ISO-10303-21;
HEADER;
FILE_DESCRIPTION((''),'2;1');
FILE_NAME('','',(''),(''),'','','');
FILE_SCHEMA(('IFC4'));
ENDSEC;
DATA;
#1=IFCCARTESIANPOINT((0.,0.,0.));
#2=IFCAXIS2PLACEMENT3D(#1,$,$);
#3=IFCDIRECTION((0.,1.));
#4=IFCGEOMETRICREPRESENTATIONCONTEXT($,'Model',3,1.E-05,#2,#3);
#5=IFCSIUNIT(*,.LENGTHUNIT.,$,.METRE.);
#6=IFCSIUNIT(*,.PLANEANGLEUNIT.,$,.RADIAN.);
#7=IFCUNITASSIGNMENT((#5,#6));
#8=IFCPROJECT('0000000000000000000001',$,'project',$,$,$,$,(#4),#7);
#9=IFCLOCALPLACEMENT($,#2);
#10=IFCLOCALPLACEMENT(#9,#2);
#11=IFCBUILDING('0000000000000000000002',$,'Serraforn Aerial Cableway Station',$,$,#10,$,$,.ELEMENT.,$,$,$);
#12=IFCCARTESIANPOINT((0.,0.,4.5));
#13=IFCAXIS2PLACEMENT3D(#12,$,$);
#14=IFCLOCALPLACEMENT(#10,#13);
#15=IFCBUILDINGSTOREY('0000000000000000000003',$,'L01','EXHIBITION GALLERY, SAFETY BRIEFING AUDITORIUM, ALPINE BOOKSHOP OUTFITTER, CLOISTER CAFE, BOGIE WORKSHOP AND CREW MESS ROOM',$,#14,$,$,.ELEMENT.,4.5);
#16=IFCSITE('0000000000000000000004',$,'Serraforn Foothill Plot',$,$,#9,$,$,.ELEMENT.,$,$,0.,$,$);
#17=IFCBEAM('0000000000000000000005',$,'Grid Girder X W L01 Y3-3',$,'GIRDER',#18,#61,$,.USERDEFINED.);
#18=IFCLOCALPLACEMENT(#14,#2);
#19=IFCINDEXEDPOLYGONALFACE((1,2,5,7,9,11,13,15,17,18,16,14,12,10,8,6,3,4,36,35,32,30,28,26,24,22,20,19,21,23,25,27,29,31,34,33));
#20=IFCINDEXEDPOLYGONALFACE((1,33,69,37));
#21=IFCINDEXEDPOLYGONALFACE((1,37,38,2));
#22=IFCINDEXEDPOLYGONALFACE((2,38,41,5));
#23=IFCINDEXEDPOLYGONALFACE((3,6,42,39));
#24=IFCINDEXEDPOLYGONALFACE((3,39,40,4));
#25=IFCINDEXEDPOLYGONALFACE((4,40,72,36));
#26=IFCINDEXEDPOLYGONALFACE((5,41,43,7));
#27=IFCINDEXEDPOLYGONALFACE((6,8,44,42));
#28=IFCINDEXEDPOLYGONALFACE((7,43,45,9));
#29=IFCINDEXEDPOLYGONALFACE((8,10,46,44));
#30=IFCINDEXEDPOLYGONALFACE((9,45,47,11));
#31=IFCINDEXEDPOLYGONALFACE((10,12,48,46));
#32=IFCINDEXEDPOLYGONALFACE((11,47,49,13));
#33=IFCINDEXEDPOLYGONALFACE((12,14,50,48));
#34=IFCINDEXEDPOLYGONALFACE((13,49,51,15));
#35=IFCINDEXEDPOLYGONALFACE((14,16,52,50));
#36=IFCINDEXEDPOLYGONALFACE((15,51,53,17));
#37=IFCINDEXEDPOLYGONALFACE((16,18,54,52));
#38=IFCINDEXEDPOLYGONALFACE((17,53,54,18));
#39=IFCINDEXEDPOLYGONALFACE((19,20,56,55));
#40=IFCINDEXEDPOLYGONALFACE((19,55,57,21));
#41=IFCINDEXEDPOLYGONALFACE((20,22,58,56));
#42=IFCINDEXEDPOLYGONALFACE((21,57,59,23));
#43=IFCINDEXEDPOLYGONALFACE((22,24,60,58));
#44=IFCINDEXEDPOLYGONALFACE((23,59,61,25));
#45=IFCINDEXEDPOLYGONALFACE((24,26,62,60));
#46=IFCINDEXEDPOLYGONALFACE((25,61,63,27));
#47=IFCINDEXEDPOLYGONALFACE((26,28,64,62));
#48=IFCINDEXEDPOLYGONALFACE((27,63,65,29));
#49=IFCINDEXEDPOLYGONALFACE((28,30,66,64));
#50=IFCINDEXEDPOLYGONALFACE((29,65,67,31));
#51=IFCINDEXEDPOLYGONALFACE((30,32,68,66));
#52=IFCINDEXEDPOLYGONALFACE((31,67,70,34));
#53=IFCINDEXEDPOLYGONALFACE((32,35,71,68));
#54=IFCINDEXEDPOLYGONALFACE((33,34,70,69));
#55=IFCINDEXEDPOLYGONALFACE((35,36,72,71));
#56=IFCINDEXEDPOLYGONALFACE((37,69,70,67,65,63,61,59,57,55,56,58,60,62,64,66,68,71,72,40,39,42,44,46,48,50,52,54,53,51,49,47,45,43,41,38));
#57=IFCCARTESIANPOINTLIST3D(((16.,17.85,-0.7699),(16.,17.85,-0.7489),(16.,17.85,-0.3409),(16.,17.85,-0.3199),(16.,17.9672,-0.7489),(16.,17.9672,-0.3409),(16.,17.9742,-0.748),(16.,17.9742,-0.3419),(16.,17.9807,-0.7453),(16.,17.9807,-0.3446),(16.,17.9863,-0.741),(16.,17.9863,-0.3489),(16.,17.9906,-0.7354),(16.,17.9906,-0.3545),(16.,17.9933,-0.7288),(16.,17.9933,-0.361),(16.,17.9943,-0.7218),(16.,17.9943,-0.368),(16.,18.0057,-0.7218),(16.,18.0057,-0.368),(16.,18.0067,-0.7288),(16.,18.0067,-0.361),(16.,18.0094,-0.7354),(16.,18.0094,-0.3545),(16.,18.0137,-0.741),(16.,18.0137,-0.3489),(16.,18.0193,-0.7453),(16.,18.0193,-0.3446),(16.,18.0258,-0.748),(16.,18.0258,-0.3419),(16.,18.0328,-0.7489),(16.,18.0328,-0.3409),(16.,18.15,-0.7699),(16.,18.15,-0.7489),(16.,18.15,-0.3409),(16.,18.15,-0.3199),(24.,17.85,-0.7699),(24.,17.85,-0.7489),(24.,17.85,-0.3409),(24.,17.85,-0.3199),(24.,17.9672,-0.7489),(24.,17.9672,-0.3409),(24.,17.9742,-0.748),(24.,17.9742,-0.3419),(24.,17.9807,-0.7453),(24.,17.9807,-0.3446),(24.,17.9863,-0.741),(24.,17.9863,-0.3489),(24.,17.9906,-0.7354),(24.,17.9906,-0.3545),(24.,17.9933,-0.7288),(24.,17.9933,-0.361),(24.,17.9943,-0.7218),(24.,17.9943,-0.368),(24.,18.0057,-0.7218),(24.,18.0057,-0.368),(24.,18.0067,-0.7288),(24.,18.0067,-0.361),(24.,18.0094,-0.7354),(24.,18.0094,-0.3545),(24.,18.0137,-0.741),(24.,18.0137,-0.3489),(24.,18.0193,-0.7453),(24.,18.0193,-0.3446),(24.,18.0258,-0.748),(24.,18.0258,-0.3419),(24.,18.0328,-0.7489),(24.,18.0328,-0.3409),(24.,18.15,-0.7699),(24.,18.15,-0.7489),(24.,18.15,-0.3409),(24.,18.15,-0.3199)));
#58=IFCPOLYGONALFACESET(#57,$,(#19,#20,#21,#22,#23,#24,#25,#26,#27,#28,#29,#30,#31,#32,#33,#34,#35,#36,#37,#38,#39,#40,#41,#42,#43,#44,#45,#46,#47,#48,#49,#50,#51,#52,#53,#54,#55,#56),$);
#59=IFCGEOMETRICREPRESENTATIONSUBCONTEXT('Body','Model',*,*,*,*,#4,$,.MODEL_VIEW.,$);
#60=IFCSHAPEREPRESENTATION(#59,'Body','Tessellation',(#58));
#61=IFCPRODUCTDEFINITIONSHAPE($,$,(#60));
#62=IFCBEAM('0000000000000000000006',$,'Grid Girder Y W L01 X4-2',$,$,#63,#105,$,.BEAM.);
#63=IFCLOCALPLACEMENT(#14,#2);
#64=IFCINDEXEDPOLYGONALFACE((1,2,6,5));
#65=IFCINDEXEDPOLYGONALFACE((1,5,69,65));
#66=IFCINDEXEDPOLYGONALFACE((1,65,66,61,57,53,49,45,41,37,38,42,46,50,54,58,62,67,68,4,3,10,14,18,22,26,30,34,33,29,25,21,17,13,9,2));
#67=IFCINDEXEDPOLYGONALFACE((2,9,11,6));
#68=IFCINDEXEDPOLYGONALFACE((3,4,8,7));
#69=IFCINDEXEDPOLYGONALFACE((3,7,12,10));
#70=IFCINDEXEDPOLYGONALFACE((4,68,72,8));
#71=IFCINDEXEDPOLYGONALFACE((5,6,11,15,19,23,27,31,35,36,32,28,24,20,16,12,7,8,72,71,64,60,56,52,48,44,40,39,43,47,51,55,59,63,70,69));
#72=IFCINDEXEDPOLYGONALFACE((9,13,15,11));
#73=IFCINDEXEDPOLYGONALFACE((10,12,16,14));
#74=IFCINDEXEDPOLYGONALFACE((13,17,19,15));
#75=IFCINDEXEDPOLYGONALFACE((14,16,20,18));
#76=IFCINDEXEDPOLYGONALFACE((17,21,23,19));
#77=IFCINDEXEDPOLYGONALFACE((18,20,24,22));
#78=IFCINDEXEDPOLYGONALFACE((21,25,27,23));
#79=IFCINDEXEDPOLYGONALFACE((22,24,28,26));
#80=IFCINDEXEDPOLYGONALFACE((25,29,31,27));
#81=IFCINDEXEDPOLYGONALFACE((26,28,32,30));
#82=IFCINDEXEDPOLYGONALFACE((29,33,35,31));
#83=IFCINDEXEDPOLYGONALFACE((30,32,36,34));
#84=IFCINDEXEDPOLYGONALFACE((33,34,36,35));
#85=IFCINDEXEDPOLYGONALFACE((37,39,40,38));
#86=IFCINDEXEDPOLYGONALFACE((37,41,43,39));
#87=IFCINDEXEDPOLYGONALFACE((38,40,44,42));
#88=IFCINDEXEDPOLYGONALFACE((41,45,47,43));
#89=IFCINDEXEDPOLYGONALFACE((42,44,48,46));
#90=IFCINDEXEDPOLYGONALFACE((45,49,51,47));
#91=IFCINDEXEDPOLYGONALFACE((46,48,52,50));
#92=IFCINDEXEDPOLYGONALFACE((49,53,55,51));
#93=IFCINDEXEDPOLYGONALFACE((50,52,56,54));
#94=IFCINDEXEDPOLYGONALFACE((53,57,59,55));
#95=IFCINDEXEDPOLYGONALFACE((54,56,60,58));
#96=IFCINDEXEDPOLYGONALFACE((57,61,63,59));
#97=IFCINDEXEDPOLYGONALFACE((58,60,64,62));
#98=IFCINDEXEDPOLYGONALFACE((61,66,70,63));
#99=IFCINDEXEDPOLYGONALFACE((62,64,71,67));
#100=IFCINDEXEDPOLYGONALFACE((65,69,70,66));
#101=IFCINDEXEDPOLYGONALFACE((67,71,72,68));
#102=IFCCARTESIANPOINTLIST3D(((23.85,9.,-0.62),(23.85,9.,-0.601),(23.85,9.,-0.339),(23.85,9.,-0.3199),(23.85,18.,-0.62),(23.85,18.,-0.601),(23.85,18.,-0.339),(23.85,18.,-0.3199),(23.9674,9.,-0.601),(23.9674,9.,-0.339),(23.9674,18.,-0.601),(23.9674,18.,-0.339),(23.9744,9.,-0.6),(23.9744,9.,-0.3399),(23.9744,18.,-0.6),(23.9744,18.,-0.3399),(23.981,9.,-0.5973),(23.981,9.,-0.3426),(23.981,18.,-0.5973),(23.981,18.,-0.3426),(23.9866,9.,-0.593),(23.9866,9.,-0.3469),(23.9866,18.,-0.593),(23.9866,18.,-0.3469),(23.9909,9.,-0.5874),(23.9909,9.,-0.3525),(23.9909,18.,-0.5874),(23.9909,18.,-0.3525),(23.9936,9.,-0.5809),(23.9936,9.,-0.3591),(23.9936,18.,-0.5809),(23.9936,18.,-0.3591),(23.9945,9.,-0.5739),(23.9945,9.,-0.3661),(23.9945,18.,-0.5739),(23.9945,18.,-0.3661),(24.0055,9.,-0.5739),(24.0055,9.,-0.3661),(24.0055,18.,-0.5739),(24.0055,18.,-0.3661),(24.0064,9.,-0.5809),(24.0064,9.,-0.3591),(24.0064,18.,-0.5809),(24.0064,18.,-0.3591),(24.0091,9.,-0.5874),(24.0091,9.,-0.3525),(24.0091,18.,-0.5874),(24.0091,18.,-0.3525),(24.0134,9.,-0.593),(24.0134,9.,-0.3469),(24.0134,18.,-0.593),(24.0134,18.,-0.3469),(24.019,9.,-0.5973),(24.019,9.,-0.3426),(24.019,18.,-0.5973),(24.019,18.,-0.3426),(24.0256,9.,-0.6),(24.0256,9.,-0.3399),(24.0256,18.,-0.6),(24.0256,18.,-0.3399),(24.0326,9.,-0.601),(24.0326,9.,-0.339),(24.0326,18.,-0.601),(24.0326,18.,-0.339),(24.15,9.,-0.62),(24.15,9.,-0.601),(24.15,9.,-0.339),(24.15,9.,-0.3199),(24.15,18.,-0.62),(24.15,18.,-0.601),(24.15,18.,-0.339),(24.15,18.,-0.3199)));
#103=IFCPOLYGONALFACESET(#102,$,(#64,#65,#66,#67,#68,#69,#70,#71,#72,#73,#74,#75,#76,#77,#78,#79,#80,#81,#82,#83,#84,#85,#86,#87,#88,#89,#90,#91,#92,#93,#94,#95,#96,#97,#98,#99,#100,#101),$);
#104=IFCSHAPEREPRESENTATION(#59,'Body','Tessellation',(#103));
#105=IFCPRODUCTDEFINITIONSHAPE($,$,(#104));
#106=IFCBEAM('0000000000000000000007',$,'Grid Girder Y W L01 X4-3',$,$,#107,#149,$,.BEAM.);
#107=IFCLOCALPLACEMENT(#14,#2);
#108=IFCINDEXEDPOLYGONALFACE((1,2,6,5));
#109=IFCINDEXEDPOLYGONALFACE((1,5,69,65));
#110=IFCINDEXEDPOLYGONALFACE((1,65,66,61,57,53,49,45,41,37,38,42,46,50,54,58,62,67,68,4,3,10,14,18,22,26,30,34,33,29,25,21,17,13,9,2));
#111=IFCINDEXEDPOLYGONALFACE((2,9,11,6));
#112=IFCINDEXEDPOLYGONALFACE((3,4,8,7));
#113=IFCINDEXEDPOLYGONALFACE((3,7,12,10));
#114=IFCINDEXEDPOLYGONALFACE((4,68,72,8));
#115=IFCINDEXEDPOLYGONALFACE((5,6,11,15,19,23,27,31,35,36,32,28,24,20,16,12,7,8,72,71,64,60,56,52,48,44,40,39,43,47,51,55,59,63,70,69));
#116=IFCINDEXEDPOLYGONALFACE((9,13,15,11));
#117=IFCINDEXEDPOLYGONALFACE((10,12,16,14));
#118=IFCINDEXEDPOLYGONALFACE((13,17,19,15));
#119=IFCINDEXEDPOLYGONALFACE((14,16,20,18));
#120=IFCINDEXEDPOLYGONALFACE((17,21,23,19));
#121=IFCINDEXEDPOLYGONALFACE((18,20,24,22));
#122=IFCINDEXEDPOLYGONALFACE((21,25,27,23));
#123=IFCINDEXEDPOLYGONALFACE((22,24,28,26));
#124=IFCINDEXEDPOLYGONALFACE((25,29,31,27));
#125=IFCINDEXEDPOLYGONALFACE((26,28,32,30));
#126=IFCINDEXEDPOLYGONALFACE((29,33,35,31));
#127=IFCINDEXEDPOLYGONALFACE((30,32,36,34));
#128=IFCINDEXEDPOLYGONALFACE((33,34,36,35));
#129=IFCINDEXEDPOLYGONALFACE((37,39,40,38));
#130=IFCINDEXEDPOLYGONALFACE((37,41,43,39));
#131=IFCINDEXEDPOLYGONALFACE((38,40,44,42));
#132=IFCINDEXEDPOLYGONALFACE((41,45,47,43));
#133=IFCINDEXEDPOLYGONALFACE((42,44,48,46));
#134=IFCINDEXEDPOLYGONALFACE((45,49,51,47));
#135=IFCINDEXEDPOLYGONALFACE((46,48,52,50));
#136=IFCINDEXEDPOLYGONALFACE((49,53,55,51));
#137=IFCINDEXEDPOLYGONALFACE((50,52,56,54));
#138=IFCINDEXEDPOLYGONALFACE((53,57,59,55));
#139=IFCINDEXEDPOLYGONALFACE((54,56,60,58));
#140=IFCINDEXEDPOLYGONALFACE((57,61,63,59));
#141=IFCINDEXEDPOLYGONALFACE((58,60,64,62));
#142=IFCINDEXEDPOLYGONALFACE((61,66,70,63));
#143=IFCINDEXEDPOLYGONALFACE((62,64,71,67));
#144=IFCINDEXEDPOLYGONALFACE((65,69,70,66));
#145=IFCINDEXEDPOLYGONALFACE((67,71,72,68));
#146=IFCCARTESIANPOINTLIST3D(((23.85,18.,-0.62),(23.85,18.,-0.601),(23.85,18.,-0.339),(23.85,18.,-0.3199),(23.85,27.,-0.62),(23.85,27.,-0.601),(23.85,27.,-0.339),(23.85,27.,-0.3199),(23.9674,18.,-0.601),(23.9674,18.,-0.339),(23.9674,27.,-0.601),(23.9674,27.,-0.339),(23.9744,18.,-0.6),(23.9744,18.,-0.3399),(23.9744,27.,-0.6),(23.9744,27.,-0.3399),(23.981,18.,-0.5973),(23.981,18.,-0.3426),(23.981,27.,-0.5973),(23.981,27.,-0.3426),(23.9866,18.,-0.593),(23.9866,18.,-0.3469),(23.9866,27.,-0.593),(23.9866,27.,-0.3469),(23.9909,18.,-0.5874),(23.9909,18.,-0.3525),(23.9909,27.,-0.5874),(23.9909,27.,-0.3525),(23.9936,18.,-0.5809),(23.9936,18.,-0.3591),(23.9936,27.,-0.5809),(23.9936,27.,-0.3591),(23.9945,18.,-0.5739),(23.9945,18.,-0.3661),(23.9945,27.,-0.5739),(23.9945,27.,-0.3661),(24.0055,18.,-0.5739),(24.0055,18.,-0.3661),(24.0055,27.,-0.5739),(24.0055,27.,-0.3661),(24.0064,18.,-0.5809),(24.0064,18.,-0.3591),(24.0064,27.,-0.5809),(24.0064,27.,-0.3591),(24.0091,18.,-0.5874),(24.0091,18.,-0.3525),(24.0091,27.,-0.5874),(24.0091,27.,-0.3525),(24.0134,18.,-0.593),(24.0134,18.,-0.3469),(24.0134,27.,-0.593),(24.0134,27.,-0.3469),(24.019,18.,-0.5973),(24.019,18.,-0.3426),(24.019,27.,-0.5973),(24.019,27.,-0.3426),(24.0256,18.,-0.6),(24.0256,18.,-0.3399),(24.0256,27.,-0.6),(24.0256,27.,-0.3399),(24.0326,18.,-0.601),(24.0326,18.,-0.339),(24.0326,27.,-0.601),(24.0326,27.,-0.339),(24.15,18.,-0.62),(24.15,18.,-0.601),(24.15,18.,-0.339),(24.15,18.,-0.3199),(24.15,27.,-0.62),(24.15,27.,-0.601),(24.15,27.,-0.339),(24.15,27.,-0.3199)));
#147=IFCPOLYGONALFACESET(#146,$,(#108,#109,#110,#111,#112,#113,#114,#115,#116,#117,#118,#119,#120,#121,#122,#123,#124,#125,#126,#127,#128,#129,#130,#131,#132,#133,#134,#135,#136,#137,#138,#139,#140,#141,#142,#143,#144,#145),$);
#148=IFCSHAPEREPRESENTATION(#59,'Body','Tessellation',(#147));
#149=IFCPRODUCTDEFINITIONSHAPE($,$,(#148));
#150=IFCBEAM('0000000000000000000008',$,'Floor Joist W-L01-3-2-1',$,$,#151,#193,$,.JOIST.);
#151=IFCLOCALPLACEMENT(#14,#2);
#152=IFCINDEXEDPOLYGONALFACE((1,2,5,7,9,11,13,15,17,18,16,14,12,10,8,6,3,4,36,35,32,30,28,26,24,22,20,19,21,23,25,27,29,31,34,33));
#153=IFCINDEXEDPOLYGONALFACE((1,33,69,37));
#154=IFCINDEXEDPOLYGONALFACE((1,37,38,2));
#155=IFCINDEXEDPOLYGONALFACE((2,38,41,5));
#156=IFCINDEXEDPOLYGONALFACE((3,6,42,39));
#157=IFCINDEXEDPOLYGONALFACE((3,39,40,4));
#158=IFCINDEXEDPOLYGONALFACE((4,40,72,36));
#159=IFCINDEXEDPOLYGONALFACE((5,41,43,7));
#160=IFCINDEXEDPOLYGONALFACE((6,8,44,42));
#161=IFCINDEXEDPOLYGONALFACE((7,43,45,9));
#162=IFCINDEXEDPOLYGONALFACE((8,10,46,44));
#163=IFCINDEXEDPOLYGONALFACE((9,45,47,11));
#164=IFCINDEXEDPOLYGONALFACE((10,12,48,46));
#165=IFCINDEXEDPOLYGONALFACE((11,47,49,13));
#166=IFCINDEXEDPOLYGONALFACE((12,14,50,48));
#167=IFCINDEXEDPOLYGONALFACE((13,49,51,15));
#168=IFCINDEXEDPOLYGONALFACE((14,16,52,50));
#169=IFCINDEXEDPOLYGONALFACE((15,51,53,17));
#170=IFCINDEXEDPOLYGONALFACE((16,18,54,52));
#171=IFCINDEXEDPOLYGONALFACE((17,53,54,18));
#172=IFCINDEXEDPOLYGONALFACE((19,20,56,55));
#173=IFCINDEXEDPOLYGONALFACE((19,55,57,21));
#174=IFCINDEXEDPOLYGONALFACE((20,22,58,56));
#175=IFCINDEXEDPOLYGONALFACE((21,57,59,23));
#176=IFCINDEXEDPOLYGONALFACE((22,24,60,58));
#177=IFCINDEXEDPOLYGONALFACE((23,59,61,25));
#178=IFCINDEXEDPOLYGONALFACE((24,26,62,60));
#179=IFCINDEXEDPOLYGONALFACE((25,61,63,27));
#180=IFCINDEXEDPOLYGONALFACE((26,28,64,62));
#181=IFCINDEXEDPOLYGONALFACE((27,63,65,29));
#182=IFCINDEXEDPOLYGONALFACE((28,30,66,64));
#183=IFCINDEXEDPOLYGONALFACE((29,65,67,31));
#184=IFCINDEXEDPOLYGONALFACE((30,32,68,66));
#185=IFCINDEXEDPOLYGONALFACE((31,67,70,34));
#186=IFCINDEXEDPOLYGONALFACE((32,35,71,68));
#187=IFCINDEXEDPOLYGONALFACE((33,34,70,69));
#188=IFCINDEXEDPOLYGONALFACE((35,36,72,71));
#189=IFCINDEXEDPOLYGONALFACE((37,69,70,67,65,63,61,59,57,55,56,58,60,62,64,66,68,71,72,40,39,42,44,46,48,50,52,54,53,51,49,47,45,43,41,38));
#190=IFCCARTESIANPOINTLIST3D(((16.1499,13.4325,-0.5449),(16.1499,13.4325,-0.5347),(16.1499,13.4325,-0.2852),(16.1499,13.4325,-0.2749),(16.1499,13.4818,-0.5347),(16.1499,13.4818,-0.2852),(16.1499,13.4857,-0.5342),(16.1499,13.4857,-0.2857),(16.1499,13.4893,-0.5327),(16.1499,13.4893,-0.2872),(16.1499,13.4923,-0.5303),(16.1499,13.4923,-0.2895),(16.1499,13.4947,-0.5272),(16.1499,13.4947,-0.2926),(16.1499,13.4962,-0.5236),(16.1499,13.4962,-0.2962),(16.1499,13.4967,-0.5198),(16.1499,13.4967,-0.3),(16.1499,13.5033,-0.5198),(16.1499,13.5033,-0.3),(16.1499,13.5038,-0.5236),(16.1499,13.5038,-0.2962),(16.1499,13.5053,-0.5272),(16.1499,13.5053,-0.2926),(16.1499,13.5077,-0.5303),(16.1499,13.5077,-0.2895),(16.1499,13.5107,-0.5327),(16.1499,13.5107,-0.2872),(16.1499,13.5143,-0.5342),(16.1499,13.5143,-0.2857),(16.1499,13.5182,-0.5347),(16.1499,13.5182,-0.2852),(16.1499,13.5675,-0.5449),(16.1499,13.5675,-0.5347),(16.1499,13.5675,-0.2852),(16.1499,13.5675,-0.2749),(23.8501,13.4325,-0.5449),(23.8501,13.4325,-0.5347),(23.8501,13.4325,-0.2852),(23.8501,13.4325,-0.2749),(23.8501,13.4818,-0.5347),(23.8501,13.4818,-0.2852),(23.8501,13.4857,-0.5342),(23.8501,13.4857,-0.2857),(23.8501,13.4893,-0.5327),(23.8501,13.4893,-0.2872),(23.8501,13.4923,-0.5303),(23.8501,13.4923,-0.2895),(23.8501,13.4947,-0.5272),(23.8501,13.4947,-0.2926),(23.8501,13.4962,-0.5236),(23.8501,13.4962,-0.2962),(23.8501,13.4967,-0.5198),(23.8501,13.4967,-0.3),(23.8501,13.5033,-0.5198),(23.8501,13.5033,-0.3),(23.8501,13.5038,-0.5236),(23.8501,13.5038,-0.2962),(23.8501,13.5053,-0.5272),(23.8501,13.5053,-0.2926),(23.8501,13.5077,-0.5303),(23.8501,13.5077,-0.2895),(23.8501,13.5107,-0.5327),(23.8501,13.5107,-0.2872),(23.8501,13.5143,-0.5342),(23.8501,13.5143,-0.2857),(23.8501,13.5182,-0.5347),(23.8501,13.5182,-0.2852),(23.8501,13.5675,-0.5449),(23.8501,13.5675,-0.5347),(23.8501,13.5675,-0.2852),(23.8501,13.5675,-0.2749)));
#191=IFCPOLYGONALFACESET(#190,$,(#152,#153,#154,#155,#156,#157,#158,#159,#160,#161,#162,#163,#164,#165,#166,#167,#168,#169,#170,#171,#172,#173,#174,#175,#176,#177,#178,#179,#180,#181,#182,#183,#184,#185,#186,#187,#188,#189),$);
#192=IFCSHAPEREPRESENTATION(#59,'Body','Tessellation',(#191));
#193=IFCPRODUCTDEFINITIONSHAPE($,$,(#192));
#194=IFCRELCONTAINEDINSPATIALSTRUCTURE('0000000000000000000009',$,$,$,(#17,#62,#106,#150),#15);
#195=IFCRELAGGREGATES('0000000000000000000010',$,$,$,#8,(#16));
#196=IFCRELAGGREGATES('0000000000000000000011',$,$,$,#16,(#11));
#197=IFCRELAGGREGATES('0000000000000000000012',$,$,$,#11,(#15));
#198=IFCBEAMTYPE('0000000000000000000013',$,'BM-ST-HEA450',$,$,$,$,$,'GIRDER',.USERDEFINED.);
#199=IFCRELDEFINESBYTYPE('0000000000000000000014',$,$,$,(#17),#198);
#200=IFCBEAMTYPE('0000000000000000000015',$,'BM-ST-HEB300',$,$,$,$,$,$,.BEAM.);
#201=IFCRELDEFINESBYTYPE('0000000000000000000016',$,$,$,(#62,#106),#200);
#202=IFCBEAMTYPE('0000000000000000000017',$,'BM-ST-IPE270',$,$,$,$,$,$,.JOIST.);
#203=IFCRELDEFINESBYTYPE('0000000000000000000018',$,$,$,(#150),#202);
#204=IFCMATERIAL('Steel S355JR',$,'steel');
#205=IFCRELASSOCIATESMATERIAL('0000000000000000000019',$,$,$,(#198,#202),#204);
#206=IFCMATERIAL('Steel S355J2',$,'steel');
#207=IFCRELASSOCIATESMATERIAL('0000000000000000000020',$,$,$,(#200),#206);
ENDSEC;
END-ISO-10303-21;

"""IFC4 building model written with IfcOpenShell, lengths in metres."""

from ifc_helpers import new_model, si_unit, direction, frame, origin, origin_2d, place, context, subcontext, project, spatial, i_section, extrude, material, material_profile, profile_set, type_object, element, save


model = new_model("IFC4")

# Units and contexts
model_context = context("Model", 3, precision=1e-05, world=origin(), true_north=direction((0.0, 1.0)))
body_context = subcontext(model_context, "Body", "Model", "MODEL_VIEW")
ifc_project = project(units=[si_unit("LENGTHUNIT", "METRE"), si_unit("PLANEANGLEUNIT", "RADIAN")], contexts=[model_context])

# Site, building, storey
site_placement = place(None, origin())
site = spatial("IfcSite", under=ifc_project, at=site_placement, Name="Serraforn Foothill Plot", CompositionType="ELEMENT", RefElevation=0.0)
building_placement = place(site_placement, origin())
building = spatial("IfcBuilding", under=site, at=building_placement, Name="Serraforn Aerial Cableway Station", CompositionType="ELEMENT")
storey_placement = place(building_placement, frame((0.0, 0.0, 4.5)))
storey = spatial("IfcBuildingStorey", under=building, at=storey_placement, Name="L01", Description="EXHIBITION GALLERY, SAFETY BRIEFING AUDITORIUM, ALPINE BOOKSHOP OUTFITTER, CLOISTER CAFE, BOGIE WORKSHOP AND CREW MESS ROOM", CompositionType="ELEMENT", Elevation=4.5)

# Beams
ifc_material_1 = material(Name="Steel S355JR", Category="steel")
ifc_material_profile_1 = material_profile(ifc_material_1, i_section(OverallWidth=0.3, OverallDepth=0.45, WebThickness=0.0115, FlangeThickness=0.021, FilletRadius=0.0271, at=origin_2d()), Name="HEA 450")
ifc_profile_set_1 = profile_set([ifc_material_profile_1], Name="Steel S355JR")
beam_type_1 = type_object("IfcBeamType", Name="BM-ST-HEA450", ElementType="GIRDER", PredefinedType="USERDEFINED", material=ifc_profile_set_1)
beam_1_placement = place(storey_placement, frame((16.0, 18.0, -0.5449), z_axis=(1.0, 0.0, 0.0), x_axis=(0.0, 1.0, 0.0)))
element("IfcBeam", 1, at=beam_1_placement, inside=storey, type_object=beam_type_1, Name="Grid Girder X W L01 Y3-3", ObjectType="GIRDER", PredefinedType="USERDEFINED", context=body_context, shape_type="SweptSolid", body=[
    extrude(i_section(OverallWidth=0.3, OverallDepth=0.45, WebThickness=0.0115, FlangeThickness=0.021, FilletRadius=0.0271, at=origin_2d()), origin(), (0.0, 0.0, 1.0), 8.0),
])
ifc_material_2 = material(Name="Steel S355J2", Category="steel")
ifc_material_profile_2 = material_profile(ifc_material_2, i_section(OverallWidth=0.3, OverallDepth=0.3, WebThickness=0.011, FlangeThickness=0.019, FilletRadius=0.0271, at=origin_2d()), Name="HEB 300")
ifc_profile_set_2 = profile_set([ifc_material_profile_2], Name="Steel S355J2")
beam_type_2 = type_object("IfcBeamType", Name="BM-ST-HEB300", PredefinedType="BEAM", material=ifc_profile_set_2)
for number, where, z_axis, x_axis, name in (
    (2, (24.0, 9.0, -0.47), (0.0, 1.0, 0.0), (-1.0, 0.0, 0.0), "Grid Girder Y W L01 X4-2"),
    (3, (24.0, 18.0, -0.47), (0.0, 1.0, 0.0), (-1.0, 0.0, 0.0), "Grid Girder Y W L01 X4-3"),
):
    element("IfcBeam", number, at=place(storey_placement, frame(where, z_axis=z_axis, x_axis=x_axis)), inside=storey, type_object=beam_type_2, Name=name, PredefinedType="BEAM", context=body_context, shape_type="SweptSolid", body=[
        extrude(i_section(OverallWidth=0.3, OverallDepth=0.3, WebThickness=0.011, FlangeThickness=0.019, FilletRadius=0.0271, at=origin_2d()), origin(), (0.0, 0.0, 1.0), 9.0),
    ])
ifc_material_profile_3 = material_profile(ifc_material_1, i_section(OverallWidth=0.135, OverallDepth=0.27, WebThickness=0.0066, FlangeThickness=0.0103, FilletRadius=0.0149, at=origin_2d()), Name="IPE 270")
ifc_profile_set_3 = profile_set([ifc_material_profile_3], Name="Steel S355JR")
beam_type_3 = type_object("IfcBeamType", Name="BM-ST-IPE270", PredefinedType="JOIST", material=ifc_profile_set_3)
beam_2_placement = place(storey_placement, frame((16.1499, 13.5, -0.4099), z_axis=(1.0, 0.0, 0.0), x_axis=(0.0, 1.0, 0.0)))
element("IfcBeam", 4, at=beam_2_placement, inside=storey, type_object=beam_type_3, Name="Floor Joist W-L01-3-2-1", PredefinedType="JOIST", context=body_context, shape_type="SweptSolid", body=[
    extrude(i_section(OverallWidth=0.135, OverallDepth=0.27, WebThickness=0.0066, FlangeThickness=0.0103, FilletRadius=0.0149, at=origin_2d()), origin(), (0.0, 0.0, 1.0), 7.7002),
])

save(model, "model.ifc")
